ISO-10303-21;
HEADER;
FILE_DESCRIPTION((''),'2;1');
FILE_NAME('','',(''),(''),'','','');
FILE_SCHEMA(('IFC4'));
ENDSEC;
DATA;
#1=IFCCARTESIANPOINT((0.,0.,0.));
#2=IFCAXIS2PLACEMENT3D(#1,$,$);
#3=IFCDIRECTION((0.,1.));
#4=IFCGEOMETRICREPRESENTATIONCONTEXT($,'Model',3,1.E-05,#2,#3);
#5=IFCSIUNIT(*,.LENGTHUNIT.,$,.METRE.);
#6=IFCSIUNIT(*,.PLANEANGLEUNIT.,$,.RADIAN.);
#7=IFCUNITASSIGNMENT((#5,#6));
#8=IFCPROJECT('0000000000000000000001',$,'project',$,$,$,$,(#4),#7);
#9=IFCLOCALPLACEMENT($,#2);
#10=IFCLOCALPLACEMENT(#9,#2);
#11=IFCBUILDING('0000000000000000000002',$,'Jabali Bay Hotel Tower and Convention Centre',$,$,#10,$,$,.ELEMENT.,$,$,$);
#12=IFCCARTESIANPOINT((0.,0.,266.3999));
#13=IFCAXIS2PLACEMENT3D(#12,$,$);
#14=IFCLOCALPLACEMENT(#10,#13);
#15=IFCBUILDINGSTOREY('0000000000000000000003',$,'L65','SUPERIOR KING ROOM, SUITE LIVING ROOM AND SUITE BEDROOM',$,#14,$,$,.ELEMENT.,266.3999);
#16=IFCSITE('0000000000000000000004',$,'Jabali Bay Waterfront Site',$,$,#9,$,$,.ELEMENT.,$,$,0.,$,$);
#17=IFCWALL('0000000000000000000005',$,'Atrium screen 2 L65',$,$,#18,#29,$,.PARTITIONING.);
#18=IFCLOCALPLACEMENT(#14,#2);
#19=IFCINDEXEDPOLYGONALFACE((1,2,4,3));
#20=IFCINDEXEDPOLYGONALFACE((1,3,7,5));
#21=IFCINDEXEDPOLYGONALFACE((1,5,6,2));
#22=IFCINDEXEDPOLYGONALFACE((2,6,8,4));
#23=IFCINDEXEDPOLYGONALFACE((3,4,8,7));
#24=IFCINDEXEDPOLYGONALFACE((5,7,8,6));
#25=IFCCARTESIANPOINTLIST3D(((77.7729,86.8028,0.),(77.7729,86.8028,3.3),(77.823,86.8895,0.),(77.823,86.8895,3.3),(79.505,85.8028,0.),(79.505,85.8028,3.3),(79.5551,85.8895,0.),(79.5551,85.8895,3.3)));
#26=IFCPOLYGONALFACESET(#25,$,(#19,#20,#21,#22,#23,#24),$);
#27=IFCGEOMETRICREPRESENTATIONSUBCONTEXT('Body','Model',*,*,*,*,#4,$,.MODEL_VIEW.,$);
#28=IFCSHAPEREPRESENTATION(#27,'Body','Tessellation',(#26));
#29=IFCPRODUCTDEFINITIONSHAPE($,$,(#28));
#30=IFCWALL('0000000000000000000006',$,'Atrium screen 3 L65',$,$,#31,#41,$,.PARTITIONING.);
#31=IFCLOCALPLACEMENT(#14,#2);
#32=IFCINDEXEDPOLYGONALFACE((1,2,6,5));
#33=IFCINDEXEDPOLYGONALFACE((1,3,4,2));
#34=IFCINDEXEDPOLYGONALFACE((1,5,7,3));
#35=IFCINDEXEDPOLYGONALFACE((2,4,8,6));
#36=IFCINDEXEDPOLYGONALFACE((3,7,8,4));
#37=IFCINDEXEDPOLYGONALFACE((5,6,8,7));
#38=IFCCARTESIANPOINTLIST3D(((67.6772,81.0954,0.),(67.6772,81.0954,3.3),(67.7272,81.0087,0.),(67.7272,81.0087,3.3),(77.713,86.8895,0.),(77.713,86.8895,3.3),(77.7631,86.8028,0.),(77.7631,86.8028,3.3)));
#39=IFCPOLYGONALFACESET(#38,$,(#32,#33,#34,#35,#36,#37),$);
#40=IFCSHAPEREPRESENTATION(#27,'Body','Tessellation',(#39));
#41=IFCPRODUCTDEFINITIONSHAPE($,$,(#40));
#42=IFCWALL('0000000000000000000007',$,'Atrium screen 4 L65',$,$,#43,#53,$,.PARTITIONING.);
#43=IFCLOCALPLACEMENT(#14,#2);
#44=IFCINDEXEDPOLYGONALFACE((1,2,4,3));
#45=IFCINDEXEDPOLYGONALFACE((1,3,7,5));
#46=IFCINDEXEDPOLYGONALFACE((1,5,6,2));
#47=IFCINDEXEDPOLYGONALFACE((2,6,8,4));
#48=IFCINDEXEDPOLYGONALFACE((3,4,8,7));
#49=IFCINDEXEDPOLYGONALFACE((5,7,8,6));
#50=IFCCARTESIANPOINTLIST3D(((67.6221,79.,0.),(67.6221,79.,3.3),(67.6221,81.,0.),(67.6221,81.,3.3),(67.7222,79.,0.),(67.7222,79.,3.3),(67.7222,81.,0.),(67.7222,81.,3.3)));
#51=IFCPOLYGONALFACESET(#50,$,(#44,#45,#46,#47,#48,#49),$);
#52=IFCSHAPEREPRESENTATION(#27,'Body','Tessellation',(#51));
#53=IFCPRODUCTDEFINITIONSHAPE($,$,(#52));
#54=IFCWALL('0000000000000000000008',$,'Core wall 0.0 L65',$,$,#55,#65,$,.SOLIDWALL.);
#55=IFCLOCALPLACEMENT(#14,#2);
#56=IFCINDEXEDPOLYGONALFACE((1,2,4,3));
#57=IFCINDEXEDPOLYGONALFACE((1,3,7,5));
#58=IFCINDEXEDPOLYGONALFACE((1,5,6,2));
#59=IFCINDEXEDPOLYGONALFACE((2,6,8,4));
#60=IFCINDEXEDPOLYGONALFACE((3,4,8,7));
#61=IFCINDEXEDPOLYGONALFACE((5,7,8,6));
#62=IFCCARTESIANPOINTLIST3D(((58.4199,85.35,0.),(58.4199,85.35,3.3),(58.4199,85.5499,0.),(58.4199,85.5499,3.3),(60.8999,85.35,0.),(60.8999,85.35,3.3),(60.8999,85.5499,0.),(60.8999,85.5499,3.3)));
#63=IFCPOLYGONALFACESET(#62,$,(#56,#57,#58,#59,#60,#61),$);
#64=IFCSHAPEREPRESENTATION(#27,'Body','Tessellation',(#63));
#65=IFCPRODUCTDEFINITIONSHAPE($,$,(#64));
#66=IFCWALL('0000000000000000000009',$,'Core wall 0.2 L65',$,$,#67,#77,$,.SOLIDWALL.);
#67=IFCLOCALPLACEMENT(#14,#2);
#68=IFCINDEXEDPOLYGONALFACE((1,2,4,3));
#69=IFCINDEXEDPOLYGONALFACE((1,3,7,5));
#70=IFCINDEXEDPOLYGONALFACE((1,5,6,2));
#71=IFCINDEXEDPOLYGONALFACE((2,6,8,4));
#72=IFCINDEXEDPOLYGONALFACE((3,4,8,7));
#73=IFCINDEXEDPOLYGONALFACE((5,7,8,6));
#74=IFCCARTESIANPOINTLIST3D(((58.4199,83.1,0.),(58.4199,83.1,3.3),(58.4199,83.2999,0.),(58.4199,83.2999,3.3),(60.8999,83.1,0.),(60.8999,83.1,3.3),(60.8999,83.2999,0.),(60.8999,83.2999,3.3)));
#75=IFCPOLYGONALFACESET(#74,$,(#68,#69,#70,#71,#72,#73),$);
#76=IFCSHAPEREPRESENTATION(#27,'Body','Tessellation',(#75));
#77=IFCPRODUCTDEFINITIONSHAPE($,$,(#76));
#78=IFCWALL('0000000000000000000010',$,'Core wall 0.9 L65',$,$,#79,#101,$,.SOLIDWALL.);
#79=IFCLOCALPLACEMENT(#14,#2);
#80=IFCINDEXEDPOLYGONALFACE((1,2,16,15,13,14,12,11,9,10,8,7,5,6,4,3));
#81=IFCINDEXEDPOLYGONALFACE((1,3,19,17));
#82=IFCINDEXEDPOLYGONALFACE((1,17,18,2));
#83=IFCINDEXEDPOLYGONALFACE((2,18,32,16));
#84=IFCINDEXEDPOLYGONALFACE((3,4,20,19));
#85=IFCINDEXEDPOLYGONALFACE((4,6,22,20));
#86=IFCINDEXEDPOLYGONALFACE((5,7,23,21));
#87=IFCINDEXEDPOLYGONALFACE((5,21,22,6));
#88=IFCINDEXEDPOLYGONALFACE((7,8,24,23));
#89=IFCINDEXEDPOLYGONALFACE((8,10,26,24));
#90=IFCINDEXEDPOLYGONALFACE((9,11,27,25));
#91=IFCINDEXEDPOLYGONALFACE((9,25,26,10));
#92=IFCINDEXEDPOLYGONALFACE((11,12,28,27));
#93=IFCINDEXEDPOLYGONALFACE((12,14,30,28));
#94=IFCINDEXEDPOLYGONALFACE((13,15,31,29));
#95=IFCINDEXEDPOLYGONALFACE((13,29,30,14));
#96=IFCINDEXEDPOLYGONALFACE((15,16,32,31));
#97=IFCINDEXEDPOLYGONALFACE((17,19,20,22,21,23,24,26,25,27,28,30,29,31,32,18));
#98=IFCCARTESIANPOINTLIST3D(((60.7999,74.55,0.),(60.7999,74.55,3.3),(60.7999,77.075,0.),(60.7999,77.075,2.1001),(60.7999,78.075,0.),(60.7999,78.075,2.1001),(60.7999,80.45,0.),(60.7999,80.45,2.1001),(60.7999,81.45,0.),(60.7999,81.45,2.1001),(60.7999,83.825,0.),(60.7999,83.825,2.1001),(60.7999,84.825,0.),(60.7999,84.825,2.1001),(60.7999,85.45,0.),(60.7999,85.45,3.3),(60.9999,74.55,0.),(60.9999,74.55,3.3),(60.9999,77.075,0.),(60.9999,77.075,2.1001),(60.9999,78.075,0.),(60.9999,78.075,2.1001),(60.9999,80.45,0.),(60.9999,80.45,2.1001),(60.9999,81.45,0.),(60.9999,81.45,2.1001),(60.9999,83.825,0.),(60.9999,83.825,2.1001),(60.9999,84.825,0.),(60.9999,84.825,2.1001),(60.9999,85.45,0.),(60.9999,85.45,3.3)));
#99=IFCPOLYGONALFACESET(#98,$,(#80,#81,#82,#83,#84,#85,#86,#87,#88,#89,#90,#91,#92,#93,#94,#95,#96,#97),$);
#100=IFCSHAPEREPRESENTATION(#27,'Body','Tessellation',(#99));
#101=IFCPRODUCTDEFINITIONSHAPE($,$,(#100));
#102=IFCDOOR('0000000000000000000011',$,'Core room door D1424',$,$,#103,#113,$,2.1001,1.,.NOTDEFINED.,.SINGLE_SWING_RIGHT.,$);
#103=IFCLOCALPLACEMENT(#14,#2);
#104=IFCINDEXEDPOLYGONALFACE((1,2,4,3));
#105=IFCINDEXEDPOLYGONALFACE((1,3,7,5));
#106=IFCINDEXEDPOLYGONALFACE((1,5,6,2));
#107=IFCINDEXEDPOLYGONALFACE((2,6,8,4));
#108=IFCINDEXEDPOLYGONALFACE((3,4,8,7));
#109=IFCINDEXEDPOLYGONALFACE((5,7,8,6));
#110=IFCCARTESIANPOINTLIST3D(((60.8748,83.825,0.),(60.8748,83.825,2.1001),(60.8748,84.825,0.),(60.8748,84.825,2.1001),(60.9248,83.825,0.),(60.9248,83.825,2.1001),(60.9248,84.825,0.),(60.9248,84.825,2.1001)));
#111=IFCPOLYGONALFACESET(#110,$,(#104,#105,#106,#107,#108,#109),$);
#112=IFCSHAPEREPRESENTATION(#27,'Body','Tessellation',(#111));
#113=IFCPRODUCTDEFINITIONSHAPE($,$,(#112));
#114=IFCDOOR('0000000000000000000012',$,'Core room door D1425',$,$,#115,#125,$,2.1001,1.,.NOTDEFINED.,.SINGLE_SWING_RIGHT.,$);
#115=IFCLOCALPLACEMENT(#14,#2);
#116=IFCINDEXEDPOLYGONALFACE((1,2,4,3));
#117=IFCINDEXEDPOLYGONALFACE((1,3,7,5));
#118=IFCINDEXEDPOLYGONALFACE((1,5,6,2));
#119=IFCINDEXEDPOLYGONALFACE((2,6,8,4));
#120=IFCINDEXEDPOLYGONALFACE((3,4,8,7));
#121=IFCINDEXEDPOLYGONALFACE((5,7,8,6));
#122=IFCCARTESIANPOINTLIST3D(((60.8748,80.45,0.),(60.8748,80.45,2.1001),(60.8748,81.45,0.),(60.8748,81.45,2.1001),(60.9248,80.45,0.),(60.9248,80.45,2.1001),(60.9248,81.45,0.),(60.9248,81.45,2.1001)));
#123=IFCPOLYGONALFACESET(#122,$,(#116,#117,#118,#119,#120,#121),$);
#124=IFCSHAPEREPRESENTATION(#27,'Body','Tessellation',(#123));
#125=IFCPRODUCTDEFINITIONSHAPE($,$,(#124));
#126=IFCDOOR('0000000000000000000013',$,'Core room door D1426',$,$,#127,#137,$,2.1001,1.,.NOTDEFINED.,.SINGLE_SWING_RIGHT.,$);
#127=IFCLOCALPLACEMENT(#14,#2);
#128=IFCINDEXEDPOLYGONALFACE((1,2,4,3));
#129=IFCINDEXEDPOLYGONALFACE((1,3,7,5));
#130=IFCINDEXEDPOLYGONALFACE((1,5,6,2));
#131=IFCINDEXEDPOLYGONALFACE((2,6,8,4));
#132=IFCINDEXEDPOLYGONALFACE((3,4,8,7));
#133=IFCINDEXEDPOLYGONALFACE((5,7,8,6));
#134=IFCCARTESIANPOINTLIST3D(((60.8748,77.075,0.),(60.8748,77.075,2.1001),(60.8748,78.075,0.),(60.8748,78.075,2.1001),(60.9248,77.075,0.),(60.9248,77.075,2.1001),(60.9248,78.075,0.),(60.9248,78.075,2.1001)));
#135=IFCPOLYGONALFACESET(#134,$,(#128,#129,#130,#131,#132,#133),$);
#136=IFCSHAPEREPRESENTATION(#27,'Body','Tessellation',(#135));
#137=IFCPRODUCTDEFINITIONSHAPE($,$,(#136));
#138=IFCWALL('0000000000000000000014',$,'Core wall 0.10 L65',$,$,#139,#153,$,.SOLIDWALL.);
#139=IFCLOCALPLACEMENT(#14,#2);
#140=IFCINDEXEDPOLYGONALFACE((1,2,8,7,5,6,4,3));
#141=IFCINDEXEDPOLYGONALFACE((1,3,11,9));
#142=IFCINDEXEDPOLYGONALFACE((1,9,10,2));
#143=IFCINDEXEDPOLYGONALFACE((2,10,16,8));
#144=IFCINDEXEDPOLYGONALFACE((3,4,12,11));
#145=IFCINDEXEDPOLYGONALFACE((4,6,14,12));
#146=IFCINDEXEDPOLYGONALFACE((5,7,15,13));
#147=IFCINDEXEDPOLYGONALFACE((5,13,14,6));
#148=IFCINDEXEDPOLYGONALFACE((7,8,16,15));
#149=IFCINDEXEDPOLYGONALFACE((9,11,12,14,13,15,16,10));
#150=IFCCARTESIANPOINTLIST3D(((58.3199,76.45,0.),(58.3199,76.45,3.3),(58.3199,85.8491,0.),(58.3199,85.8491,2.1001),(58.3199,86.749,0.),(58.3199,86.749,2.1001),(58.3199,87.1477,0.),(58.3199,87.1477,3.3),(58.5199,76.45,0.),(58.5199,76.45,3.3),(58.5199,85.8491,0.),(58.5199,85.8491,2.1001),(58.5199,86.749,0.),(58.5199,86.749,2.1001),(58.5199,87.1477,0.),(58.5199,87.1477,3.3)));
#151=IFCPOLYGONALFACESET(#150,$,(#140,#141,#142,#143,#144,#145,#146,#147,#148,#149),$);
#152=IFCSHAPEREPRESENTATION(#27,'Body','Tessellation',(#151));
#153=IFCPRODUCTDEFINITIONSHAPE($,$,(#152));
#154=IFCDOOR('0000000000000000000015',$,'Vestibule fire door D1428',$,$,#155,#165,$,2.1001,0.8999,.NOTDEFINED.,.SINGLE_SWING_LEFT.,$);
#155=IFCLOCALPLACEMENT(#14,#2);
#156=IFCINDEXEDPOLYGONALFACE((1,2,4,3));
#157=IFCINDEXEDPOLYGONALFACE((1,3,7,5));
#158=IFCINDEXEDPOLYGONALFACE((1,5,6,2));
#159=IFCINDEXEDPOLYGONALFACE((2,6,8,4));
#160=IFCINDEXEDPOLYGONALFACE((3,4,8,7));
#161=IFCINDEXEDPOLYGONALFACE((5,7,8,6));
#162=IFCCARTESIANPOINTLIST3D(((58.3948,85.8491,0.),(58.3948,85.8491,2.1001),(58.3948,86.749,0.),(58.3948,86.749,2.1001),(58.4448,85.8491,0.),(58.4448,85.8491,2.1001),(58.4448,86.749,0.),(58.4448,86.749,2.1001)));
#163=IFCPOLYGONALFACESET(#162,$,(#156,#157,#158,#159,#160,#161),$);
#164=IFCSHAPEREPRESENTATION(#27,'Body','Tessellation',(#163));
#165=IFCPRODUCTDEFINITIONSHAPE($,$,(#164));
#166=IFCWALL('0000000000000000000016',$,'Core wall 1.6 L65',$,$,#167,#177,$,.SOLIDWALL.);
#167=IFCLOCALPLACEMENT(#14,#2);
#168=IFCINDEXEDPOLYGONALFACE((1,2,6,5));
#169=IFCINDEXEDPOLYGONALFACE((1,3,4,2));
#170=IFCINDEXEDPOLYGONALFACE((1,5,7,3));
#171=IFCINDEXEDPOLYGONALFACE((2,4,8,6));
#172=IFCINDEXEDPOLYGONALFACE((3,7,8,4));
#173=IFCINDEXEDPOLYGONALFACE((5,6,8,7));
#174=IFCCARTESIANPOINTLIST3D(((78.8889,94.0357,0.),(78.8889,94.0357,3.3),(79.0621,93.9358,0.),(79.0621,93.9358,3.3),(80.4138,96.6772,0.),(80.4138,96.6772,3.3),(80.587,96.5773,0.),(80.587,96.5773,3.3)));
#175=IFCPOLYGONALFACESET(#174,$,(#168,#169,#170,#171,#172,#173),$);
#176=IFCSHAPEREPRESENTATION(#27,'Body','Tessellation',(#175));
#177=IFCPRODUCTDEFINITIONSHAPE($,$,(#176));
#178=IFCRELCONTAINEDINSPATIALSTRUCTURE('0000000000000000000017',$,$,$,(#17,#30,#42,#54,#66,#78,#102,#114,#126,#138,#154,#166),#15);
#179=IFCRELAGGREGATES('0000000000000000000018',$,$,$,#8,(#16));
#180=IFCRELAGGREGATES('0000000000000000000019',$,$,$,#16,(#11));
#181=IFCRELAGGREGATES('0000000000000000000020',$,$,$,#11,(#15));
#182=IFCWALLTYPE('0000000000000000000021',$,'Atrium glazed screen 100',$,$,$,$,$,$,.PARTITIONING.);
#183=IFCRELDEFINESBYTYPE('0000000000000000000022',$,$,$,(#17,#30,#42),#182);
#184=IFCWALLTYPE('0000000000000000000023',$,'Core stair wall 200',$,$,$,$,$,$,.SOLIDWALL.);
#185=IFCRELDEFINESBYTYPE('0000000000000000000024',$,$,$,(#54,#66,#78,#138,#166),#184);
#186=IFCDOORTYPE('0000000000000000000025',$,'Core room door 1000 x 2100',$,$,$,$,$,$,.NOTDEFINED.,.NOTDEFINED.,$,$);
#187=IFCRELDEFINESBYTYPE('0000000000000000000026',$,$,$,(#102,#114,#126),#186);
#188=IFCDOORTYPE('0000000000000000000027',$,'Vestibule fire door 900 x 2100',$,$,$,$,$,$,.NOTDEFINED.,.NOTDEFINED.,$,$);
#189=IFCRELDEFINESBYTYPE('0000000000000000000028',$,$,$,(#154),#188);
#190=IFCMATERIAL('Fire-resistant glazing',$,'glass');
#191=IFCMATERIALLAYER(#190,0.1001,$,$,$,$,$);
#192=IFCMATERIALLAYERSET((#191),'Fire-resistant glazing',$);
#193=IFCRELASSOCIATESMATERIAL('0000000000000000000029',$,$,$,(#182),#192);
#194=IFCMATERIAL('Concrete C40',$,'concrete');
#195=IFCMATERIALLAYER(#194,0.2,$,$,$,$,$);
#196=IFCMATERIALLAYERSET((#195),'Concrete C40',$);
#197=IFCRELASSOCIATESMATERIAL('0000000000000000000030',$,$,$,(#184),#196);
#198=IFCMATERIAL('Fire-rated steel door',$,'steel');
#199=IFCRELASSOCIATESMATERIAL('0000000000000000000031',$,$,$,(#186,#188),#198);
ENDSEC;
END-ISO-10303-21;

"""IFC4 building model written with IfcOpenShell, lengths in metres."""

from ifc_helpers import new_model, si_unit, direction, frame, frame_2d, origin, place, context, subcontext, project, spatial, rectangle, extrude, material, layer, layer_set, type_object, element, fill, save


model = new_model("IFC4")

# Units and contexts
model_context = context("Model", 3, precision=1e-05, world=origin(), true_north=direction((0.0, 1.0)))
body_context = subcontext(model_context, "Body", "Model", "MODEL_VIEW")
ifc_project = project(units=[si_unit("LENGTHUNIT", "METRE"), si_unit("PLANEANGLEUNIT", "RADIAN")], contexts=[model_context])

# Site, building, storey
site_placement = place(None, origin())
site = spatial("IfcSite", under=ifc_project, at=site_placement, Name="Jabali Bay Waterfront Site", CompositionType="ELEMENT", RefElevation=0.0)
building_placement = place(site_placement, origin())
building = spatial("IfcBuilding", under=site, at=building_placement, Name="Jabali Bay Hotel Tower and Convention Centre", CompositionType="ELEMENT")
storey_placement = place(building_placement, frame((0.0, 0.0, 266.3999)))
storey = spatial("IfcBuildingStorey", under=building, at=storey_placement, Name="L65", Description="SUPERIOR KING ROOM, SUITE LIVING ROOM AND SUITE BEDROOM", CompositionType="ELEMENT", Elevation=266.3999)

# Walls
ifc_material_1 = material(Name="Fire-resistant glazing", Category="glass")
ifc_layer_1 = layer(ifc_material_1, 0.1001)
ifc_layer_set_1 = layer_set([ifc_layer_1], Name="Fire-resistant glazing")
wall_type_1 = type_object("IfcWallType", Name="Atrium glazed screen 100", PredefinedType="PARTITIONING", material=ifc_layer_set_1)
wall_1_placement = place(storey_placement, frame((79.53, 85.8462, 0.0), z_axis=(0.0, 0.0, 1.0), x_axis=(-0.866041, 0.499973, 0.0)))
element("IfcWall", 1, at=wall_1_placement, inside=storey, type_object=wall_type_1, Name="Atrium screen 2 L65", PredefinedType="PARTITIONING", context=body_context, shape_type="SweptSolid", body=[
    extrude(rectangle(XDim=2.0, YDim=0.1001, at=frame_2d((1.0, 0.0))), origin(), (0.0, 0.0, 1.0), 3.3),
])
wall_2_placement = place(storey_placement, frame((77.738, 86.8462, 0.0), z_axis=(0.0, 0.0, 1.0), x_axis=(-0.866027, -0.499998, 0.0)))
element("IfcWall", 2, at=wall_2_placement, inside=storey, type_object=wall_type_1, Name="Atrium screen 3 L65", PredefinedType="PARTITIONING", context=body_context, shape_type="SweptSolid", body=[
    extrude(rectangle(XDim=11.5884, YDim=0.1001, at=frame_2d((5.7942, 0.0))), origin(), (0.0, 0.0, 1.0), 3.3),
])
wall_3_placement = place(storey_placement, frame((67.6721, 81.0, 0.0), z_axis=(0.0, 0.0, 1.0), x_axis=(0.0, -1.0, 0.0)))
element("IfcWall", 3, at=wall_3_placement, inside=storey, type_object=wall_type_1, Name="Atrium screen 4 L65", PredefinedType="PARTITIONING", context=body_context, shape_type="SweptSolid", body=[
    extrude(rectangle(XDim=2.0, YDim=0.1001, at=frame_2d((1.0, 0.0))), origin(), (0.0, 0.0, 1.0), 3.3),
])
ifc_material_2 = material(Name="Concrete C40", Category="concrete")
ifc_layer_2 = layer(ifc_material_2, 0.2)
ifc_layer_set_2 = layer_set([ifc_layer_2], Name="Concrete C40")
wall_type_2 = type_object("IfcWallType", Name="Core stair wall 200", PredefinedType="SOLIDWALL", material=ifc_layer_set_2)
for number, where, z_axis, x_axis, name in (
    (4, (60.8999, 85.45, 0.0), (0.0, 0.0, 1.0), (-1.0, 0.0, 0.0), "Core wall 0.0 L65"),
    (5, (60.8999, 83.2, 0.0), (0.0, 0.0, 1.0), (-1.0, 0.0, 0.0), "Core wall 0.2 L65"),
):
    element("IfcWall", number, at=place(storey_placement, frame(where, z_axis=z_axis, x_axis=x_axis)), inside=storey, type_object=wall_type_2, Name=name, PredefinedType="SOLIDWALL", context=body_context, shape_type="SweptSolid", body=[
        extrude(rectangle(XDim=2.48, YDim=0.2, at=frame_2d((1.24, 0.0))), origin(), (0.0, 0.0, 1.0), 3.3),
    ])

# Wall, openings, doors
wall_4_placement = place(storey_placement, frame((60.8999, 85.45, 0.0), z_axis=(0.0, 0.0, 1.0), x_axis=(0.0, -1.0, 0.0)))
wall_4 = element("IfcWall", 6, at=wall_4_placement, inside=storey, type_object=wall_type_2, Name="Core wall 0.9 L65", PredefinedType="SOLIDWALL", context=body_context, shape_type="SweptSolid", body=[
    extrude(rectangle(XDim=10.8999, YDim=0.2, at=frame_2d((5.45, 0.0))), origin(), (0.0, 0.0, 1.0), 3.3),
])
opening_1_placement = place(wall_4_placement, frame((0.625, 0.0, 0.0)))
opening_1 = element("IfcOpeningElement", 7, at=opening_1_placement, cuts=wall_4, PredefinedType="OPENING", context=body_context, shape_type="SweptSolid", body=[
    extrude(rectangle(XDim=1.0, YDim=2.1001, at=frame_2d((0.5, 1.05))), frame((0.0, 0.1104, 0.0), z_axis=(0.0, -1.0, 0.0), x_axis=(1.0, 0.0, 0.0)), (0.0, 0.0, 1.0), 0.2209),
])
opening_2_placement = place(wall_4_placement, frame((4.0, 0.0, 0.0)))
opening_2 = element("IfcOpeningElement", 8, at=opening_2_placement, cuts=wall_4, PredefinedType="OPENING", context=body_context, shape_type="SweptSolid", body=[
    extrude(rectangle(XDim=1.0, YDim=2.1001, at=frame_2d((0.5, 1.05))), frame((0.0, 0.1104, 0.0), z_axis=(0.0, -1.0, 0.0), x_axis=(1.0, 0.0, 0.0)), (0.0, 0.0, 1.0), 0.2209),
])
opening_3_placement = place(wall_4_placement, frame((7.375, 0.0, 0.0)))
opening_3 = element("IfcOpeningElement", 9, at=opening_3_placement, cuts=wall_4, PredefinedType="OPENING", context=body_context, shape_type="SweptSolid", body=[
    extrude(rectangle(XDim=1.0, YDim=2.1001, at=frame_2d((0.5, 1.05))), frame((0.0, 0.1104, 0.0), z_axis=(0.0, -1.0, 0.0), x_axis=(1.0, 0.0, 0.0)), (0.0, 0.0, 1.0), 0.2209),
])
ifc_material_3 = material(Name="Fire-rated steel door", Category="steel")
door_type_1 = type_object("IfcDoorType", Name="Core room door 1000 x 2100", OperationType="NOTDEFINED", PredefinedType="NOTDEFINED", material=ifc_material_3)
door_1_placement = place(opening_1_placement, origin())
door_1 = element("IfcDoor", 10, at=door_1_placement, inside=storey, type_object=door_type_1, Name="Core room door D1424", OperationType="SINGLE_SWING_RIGHT", OverallHeight=2.1001, OverallWidth=1.0, PredefinedType="NOTDEFINED", context=body_context, shape_type="SweptSolid", body=[
    extrude(rectangle(XDim=1.0, YDim=2.1001, at=frame_2d((0.5, 1.05))), frame((0.0, 0.0249, 0.0), z_axis=(0.0, -1.0, 0.0), x_axis=(1.0, 0.0, 0.0)), (0.0, 0.0, 1.0), 0.05),
])
fill(opening_1, door_1)
door_2_placement = place(opening_2_placement, origin())
door_2 = element("IfcDoor", 11, at=door_2_placement, inside=storey, type_object=door_type_1, Name="Core room door D1425", OperationType="SINGLE_SWING_RIGHT", OverallHeight=2.1001, OverallWidth=1.0, PredefinedType="NOTDEFINED", context=body_context, shape_type="SweptSolid", body=[
    extrude(rectangle(XDim=1.0, YDim=2.1001, at=frame_2d((0.5, 1.05))), frame((0.0, 0.0249, 0.0), z_axis=(0.0, -1.0, 0.0), x_axis=(1.0, 0.0, 0.0)), (0.0, 0.0, 1.0), 0.05),
])
fill(opening_2, door_2)
door_3_placement = place(opening_3_placement, origin())
door_3 = element("IfcDoor", 12, at=door_3_placement, inside=storey, type_object=door_type_1, Name="Core room door D1426", OperationType="SINGLE_SWING_RIGHT", OverallHeight=2.1001, OverallWidth=1.0, PredefinedType="NOTDEFINED", context=body_context, shape_type="SweptSolid", body=[
    extrude(rectangle(XDim=1.0, YDim=2.1001, at=frame_2d((0.5, 1.05))), frame((0.0, 0.0249, 0.0), z_axis=(0.0, -1.0, 0.0), x_axis=(1.0, 0.0, 0.0)), (0.0, 0.0, 1.0), 0.05),
])
fill(opening_3, door_3)

# Wall, opening, door
wall_5_placement = place(storey_placement, frame((58.4199, 87.1477, 0.0), z_axis=(0.0, 0.0, 1.0), x_axis=(0.0, -1.0, 0.0)))
wall_5 = element("IfcWall", 13, at=wall_5_placement, inside=storey, type_object=wall_type_2, Name="Core wall 0.10 L65", PredefinedType="SOLIDWALL", context=body_context, shape_type="SweptSolid", body=[
    extrude(rectangle(XDim=10.6978, YDim=0.2, at=frame_2d((5.3489, 0.0))), origin(), (0.0, 0.0, 1.0), 3.3),
])
opening_4_placement = place(wall_5_placement, frame((0.3987, 0.0, 0.0)))
opening_4 = element("IfcOpeningElement", 14, at=opening_4_placement, cuts=wall_5, PredefinedType="OPENING", context=body_context, shape_type="SweptSolid", body=[
    extrude(rectangle(XDim=0.8999, YDim=2.1001, at=frame_2d((0.45, 1.05))), frame((0.0, 0.1104, 0.0), z_axis=(0.0, -1.0, 0.0), x_axis=(1.0, 0.0, 0.0)), (0.0, 0.0, 1.0), 0.2209),
])
door_type_2 = type_object("IfcDoorType", Name="Vestibule fire door 900 x 2100", OperationType="NOTDEFINED", PredefinedType="NOTDEFINED", material=ifc_material_3)
door_4_placement = place(opening_4_placement, origin())
door_4 = element("IfcDoor", 15, at=door_4_placement, inside=storey, type_object=door_type_2, Name="Vestibule fire door D1428", OperationType="SINGLE_SWING_LEFT", OverallHeight=2.1001, OverallWidth=0.8999, PredefinedType="NOTDEFINED", context=body_context, shape_type="SweptSolid", body=[
    extrude(rectangle(XDim=0.8999, YDim=2.1001, at=frame_2d((0.45, 1.05))), frame((0.0, 0.0249, 0.0), z_axis=(0.0, -1.0, 0.0), x_axis=(1.0, 0.0, 0.0)), (0.0, 0.0, 1.0), 0.05),
])
fill(opening_4, door_4)

# Wall
wall_6_placement = place(storey_placement, frame((78.9756, 93.9858, 0.0), z_axis=(0.0, 0.0, 1.0), x_axis=(0.499944, 0.866058, 0.0)))
element("IfcWall", 16, at=wall_6_placement, inside=storey, type_object=wall_type_2, Name="Core wall 1.6 L65", PredefinedType="SOLIDWALL", context=body_context, shape_type="SweptSolid", body=[
    extrude(rectangle(XDim=3.05, YDim=0.2, at=frame_2d((1.5249, 0.0))), origin(), (0.0, 0.0, 1.0), 3.3),
])

save(model, "model.ifc")
